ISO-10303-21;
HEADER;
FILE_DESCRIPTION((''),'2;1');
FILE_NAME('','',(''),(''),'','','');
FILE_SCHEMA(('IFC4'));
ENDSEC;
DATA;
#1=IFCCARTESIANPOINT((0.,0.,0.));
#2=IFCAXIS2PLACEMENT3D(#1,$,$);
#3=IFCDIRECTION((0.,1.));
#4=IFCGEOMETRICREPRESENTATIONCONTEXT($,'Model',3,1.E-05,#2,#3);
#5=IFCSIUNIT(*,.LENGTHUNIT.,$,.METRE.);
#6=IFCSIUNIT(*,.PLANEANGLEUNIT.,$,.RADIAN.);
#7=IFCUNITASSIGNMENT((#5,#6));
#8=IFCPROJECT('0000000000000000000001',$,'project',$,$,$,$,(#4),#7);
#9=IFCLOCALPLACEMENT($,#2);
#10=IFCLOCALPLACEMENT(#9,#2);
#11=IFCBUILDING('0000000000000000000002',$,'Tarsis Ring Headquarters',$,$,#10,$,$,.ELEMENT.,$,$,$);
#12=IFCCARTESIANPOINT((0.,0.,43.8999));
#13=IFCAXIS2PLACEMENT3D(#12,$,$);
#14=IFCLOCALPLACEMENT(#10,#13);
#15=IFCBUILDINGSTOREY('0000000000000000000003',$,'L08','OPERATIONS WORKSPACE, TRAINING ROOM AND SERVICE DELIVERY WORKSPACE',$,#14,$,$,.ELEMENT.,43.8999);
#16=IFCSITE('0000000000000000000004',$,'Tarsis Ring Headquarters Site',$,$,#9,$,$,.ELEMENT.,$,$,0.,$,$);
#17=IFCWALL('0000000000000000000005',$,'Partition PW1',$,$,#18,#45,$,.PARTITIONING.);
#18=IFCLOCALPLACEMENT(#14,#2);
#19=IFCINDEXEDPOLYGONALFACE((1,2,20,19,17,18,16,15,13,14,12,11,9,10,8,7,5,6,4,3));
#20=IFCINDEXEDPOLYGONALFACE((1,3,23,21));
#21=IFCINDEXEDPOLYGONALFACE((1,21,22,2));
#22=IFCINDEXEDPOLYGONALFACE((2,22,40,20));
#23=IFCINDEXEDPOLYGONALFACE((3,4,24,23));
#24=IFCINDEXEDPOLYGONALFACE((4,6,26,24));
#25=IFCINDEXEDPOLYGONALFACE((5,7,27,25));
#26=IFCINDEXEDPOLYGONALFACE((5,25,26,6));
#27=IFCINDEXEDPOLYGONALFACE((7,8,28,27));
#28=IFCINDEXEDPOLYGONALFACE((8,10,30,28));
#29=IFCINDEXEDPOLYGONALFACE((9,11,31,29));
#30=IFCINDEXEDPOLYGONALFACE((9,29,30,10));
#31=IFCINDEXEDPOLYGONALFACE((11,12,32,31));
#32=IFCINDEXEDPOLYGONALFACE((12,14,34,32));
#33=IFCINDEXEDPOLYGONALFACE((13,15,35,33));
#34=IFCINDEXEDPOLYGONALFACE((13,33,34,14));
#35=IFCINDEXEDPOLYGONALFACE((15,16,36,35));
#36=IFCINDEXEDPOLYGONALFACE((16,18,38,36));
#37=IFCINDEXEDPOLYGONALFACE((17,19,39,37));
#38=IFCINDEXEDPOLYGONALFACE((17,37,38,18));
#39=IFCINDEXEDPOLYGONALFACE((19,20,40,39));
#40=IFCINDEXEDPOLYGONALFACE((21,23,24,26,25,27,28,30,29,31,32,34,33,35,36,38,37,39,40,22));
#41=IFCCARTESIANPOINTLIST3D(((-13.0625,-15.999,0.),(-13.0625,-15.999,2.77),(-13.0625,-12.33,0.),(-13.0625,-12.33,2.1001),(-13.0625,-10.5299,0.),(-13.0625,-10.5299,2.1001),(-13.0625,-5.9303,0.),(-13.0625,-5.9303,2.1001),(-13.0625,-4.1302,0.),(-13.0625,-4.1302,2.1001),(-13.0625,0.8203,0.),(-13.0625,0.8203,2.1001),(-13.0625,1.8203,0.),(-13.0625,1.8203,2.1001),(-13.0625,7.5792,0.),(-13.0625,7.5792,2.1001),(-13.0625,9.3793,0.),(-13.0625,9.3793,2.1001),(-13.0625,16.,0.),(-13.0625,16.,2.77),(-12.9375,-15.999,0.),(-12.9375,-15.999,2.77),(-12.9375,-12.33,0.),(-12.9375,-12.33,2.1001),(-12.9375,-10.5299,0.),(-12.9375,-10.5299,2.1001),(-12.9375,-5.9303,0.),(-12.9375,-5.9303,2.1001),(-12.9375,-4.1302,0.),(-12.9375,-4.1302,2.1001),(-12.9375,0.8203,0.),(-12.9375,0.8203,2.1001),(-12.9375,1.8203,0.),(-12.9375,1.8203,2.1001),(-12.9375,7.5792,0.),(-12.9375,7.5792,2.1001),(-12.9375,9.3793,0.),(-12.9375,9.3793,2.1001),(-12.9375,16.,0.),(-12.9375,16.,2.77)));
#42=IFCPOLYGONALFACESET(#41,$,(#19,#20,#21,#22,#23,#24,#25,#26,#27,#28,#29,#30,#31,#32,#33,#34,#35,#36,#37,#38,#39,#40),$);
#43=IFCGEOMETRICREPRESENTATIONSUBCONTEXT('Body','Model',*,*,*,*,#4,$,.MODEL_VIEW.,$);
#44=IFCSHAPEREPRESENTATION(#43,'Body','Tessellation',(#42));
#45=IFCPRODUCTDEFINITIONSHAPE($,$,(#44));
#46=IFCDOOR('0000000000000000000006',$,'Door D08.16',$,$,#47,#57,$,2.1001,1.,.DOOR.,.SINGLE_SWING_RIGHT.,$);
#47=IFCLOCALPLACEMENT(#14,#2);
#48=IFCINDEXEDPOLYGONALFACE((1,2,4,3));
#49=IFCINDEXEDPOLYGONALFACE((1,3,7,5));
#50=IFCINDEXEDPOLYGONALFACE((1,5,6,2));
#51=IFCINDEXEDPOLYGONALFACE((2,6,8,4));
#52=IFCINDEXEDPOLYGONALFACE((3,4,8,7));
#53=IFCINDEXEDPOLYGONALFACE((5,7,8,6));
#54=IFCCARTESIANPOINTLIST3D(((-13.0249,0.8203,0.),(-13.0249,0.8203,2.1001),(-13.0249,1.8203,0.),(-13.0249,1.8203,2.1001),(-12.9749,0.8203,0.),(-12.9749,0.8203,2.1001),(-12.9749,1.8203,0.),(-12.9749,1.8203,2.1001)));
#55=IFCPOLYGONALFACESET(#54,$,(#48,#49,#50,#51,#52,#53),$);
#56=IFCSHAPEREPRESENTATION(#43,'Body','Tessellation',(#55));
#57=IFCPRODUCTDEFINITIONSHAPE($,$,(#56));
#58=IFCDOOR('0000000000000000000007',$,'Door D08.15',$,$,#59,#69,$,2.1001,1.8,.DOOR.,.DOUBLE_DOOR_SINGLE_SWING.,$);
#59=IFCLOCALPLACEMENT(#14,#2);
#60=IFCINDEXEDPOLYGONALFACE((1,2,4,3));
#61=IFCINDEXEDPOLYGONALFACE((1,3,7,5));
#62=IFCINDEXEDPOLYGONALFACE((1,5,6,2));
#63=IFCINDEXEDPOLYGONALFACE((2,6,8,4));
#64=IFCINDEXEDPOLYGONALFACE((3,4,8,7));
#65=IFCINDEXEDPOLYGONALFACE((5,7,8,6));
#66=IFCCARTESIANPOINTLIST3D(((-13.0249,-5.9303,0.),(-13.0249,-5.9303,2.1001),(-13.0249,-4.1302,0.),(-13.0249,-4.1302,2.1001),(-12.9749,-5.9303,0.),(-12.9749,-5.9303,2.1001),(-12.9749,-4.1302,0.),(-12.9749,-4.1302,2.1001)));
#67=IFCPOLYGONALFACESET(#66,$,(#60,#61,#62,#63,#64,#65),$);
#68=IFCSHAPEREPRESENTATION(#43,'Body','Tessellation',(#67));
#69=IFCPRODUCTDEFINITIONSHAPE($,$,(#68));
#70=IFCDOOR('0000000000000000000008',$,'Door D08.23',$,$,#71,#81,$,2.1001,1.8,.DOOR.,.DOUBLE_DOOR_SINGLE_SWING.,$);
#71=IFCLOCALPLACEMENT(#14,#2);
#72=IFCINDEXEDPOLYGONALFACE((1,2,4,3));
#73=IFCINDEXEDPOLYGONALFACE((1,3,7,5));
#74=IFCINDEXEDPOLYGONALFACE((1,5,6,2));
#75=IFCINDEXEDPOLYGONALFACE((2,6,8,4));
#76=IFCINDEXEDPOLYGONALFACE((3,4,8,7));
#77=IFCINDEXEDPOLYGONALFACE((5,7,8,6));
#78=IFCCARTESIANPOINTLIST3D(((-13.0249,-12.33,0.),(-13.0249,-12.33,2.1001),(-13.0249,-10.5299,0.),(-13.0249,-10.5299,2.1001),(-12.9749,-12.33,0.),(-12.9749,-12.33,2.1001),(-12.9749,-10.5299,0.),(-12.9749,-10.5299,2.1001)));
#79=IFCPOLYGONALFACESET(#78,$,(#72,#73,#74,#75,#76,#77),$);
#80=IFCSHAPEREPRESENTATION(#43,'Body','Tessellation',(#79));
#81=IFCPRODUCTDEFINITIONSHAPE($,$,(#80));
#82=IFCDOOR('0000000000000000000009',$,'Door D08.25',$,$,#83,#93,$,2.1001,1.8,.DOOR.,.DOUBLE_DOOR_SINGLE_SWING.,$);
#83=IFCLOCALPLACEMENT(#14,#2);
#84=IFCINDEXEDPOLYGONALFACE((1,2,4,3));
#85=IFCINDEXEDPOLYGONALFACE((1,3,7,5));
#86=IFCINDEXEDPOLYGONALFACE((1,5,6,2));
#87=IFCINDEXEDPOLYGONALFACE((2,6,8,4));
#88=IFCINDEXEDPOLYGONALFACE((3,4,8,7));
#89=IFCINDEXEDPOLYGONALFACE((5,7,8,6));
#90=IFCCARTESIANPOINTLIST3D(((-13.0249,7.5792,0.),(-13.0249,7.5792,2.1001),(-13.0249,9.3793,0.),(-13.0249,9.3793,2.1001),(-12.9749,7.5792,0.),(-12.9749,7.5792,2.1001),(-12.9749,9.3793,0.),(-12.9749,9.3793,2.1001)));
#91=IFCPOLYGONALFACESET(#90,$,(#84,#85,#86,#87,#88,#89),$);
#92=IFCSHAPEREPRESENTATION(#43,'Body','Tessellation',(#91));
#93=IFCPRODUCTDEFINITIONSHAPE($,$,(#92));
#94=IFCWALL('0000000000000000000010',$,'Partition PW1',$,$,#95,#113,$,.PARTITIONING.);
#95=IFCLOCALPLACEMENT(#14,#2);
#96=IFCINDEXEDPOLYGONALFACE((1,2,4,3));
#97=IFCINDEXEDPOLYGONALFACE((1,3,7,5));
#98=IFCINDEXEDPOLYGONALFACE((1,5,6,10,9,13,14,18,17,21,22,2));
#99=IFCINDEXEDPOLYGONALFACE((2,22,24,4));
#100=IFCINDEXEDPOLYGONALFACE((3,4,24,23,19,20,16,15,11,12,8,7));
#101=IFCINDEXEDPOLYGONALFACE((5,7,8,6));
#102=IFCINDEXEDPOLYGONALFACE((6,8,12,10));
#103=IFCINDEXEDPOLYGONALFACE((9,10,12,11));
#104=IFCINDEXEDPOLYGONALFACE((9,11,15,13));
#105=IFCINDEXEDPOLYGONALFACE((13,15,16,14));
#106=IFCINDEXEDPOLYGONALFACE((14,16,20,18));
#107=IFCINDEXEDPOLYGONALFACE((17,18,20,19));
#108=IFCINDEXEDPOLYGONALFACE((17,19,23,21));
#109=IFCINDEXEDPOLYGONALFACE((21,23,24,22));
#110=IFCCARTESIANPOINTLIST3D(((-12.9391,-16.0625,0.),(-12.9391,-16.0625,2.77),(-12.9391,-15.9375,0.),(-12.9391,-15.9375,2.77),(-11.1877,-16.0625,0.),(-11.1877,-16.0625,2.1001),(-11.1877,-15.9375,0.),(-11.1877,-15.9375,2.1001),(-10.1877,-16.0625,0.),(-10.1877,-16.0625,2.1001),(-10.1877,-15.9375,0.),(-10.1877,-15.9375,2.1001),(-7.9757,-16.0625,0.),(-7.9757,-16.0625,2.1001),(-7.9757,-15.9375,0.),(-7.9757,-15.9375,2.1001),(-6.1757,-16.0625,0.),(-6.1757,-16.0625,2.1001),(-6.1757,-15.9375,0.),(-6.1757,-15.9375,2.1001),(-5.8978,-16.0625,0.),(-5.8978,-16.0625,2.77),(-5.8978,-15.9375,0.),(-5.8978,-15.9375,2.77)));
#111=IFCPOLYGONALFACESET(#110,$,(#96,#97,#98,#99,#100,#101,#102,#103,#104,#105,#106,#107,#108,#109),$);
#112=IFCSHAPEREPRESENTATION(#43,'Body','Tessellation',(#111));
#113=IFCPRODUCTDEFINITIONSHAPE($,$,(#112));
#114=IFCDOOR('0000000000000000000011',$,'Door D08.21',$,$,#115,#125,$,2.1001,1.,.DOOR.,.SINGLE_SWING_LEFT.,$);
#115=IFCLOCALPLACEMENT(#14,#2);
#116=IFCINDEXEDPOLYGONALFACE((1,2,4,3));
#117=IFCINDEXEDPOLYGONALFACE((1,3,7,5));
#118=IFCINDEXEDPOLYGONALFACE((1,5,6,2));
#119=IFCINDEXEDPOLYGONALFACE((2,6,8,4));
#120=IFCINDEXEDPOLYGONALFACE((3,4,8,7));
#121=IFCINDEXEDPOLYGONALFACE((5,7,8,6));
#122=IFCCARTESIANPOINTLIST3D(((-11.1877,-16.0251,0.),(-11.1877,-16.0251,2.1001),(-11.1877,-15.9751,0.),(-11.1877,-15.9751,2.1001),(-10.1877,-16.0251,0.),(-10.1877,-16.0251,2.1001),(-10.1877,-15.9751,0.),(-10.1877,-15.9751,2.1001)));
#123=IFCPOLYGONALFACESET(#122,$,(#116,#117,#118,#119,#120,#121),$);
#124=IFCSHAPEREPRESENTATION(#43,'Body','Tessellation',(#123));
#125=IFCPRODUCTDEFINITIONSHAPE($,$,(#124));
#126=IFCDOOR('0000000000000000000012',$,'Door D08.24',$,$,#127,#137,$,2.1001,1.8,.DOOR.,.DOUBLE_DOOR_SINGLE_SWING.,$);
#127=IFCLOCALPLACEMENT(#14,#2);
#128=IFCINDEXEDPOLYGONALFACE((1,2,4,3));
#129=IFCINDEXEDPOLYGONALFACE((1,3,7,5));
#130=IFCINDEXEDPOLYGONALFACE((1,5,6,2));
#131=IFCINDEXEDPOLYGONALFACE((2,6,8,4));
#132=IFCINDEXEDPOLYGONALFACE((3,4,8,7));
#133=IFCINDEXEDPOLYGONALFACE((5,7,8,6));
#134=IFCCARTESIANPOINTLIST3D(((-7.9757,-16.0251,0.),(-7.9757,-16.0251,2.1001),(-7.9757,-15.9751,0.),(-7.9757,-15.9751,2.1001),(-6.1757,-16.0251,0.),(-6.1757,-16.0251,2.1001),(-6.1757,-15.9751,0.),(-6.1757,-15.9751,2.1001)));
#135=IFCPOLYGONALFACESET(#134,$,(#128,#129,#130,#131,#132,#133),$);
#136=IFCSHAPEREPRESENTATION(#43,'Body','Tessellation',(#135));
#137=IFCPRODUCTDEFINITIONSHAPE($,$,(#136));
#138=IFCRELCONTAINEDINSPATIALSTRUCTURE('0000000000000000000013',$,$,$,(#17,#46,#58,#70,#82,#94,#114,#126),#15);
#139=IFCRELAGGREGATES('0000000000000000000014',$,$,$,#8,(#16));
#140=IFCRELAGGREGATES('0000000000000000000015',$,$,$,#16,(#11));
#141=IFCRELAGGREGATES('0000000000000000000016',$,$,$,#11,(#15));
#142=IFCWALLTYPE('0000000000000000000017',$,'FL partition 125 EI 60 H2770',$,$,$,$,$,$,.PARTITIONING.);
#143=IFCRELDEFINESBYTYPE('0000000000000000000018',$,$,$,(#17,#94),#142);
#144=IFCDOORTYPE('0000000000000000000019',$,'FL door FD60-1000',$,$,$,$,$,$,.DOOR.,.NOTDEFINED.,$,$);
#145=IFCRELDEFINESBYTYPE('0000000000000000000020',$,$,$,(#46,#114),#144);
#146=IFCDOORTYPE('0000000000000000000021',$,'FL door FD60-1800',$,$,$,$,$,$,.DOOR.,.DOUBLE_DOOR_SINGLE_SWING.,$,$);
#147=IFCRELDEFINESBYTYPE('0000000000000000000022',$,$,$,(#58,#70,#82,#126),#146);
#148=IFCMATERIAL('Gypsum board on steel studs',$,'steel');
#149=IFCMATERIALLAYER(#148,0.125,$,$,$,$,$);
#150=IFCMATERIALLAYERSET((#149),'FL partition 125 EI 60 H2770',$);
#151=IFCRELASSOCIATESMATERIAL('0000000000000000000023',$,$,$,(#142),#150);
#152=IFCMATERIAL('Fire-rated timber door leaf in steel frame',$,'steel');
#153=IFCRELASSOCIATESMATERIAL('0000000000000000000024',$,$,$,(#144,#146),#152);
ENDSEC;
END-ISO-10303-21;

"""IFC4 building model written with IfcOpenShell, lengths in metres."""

from ifc_helpers import new_model, si_unit, direction, frame, frame_2d, origin, place, context, subcontext, project, spatial, rectangle, extrude, material, layer, layer_set, type_object, element, fill, save


model = new_model("IFC4")

# Units and contexts
model_context = context("Model", 3, precision=1e-05, world=origin(), true_north=direction((0.0, 1.0)))
body_context = subcontext(model_context, "Body", "Model", "MODEL_VIEW")
ifc_project = project(units=[si_unit("LENGTHUNIT", "METRE"), si_unit("PLANEANGLEUNIT", "RADIAN")], contexts=[model_context])

# Site, building, storey
site_placement = place(None, origin())
site = spatial("IfcSite", under=ifc_project, at=site_placement, Name="Tarsis Ring Headquarters Site", CompositionType="ELEMENT", RefElevation=0.0)
building_placement = place(site_placement, origin())
building = spatial("IfcBuilding", under=site, at=building_placement, Name="Tarsis Ring Headquarters", CompositionType="ELEMENT")
storey_placement = place(building_placement, frame((0.0, 0.0, 43.8999)))
storey = spatial("IfcBuildingStorey", under=building, at=storey_placement, Name="L08", Description="OPERATIONS WORKSPACE, TRAINING ROOM AND SERVICE DELIVERY WORKSPACE", CompositionType="ELEMENT", Elevation=43.8999)

# Walls, openings, doors
ifc_material_1 = material(Name="Gypsum board on steel studs", Category="steel")
ifc_layer_1 = layer(ifc_material_1, 0.125)
ifc_layer_set_1 = layer_set([ifc_layer_1], Name="FL partition 125 EI 60 H2770")
wall_type_1 = type_object("IfcWallType", Name="FL partition 125 EI 60 H2770", PredefinedType="PARTITIONING", material=ifc_layer_set_1)
wall_1_placement = place(storey_placement, frame((-13.0, -15.999, 0.0), z_axis=(0.0, 0.0, 1.0), x_axis=(0.0, 1.0, 0.0)))
wall_1 = element("IfcWall", 1, at=wall_1_placement, inside=storey, type_object=wall_type_1, Name="Partition PW1", PredefinedType="PARTITIONING", context=body_context, shape_type="SweptSolid", body=[
    extrude(rectangle(XDim=31.999, YDim=0.125, at=frame_2d((15.9995, 0.0))), origin(), (0.0, 0.0, 1.0), 2.77),
])
opening_1_placement = place(wall_1_placement, frame((10.0688, 0.0, 0.0)))
opening_1 = element("IfcOpeningElement", 2, at=opening_1_placement, cuts=wall_1, PredefinedType="OPENING", context=body_context, shape_type="SweptSolid", body=[
    extrude(rectangle(XDim=1.8, YDim=2.1001, at=frame_2d((0.8999, 1.05))), frame((0.0, 0.0725, 0.0), z_axis=(0.0, -1.0, 0.0), x_axis=(1.0, 0.0, 0.0)), (0.0, 0.0, 1.0), 0.145),
])
opening_2_placement = place(wall_1_placement, frame((16.8193, 0.0, 0.0)))
opening_2 = element("IfcOpeningElement", 3, at=opening_2_placement, cuts=wall_1, PredefinedType="OPENING", context=body_context, shape_type="SweptSolid", body=[
    extrude(rectangle(XDim=1.0, YDim=2.1001, at=frame_2d((0.5, 1.05))), frame((0.0, 0.0725, 0.0), z_axis=(0.0, -1.0, 0.0), x_axis=(1.0, 0.0, 0.0)), (0.0, 0.0, 1.0), 0.145),
])
opening_3_placement = place(wall_1_placement, frame((3.6692, 0.0, 0.0)))
opening_3 = element("IfcOpeningElement", 4, at=opening_3_placement, cuts=wall_1, PredefinedType="OPENING", context=body_context, shape_type="SweptSolid", body=[
    extrude(rectangle(XDim=1.8, YDim=2.1001, at=frame_2d((0.8999, 1.05))), frame((0.0, 0.0725, 0.0), z_axis=(0.0, -1.0, 0.0), x_axis=(1.0, 0.0, 0.0)), (0.0, 0.0, 1.0), 0.145),
])
opening_4_placement = place(wall_1_placement, frame((23.5784, 0.0, 0.0)))
opening_4 = element("IfcOpeningElement", 5, at=opening_4_placement, cuts=wall_1, PredefinedType="OPENING", context=body_context, shape_type="SweptSolid", body=[
    extrude(rectangle(XDim=1.8, YDim=2.1001, at=frame_2d((0.8999, 1.05))), frame((0.0, 0.0725, 0.0), z_axis=(0.0, -1.0, 0.0), x_axis=(1.0, 0.0, 0.0)), (0.0, 0.0, 1.0), 0.145),
])
ifc_material_2 = material(Name="Fire-rated timber door leaf in steel frame", Category="steel")
door_type_1 = type_object("IfcDoorType", Name="FL door FD60-1000", OperationType="NOTDEFINED", PredefinedType="DOOR", material=ifc_material_2)
door_1_placement = place(opening_2_placement, origin())
door_1 = element("IfcDoor", 6, at=door_1_placement, inside=storey, type_object=door_type_1, Name="Door D08.16", OperationType="SINGLE_SWING_RIGHT", OverallHeight=2.1001, OverallWidth=1.0, PredefinedType="DOOR", context=body_context, shape_type="SweptSolid", body=[
    extrude(rectangle(XDim=1.0, YDim=2.1001, at=frame_2d((0.5, 1.05))), frame((0.0, 0.0249, 0.0), z_axis=(0.0, -1.0, 0.0), x_axis=(1.0, 0.0, 0.0)), (0.0, 0.0, 1.0), 0.05),
])
fill(opening_2, door_1)
door_type_2 = type_object("IfcDoorType", Name="FL door FD60-1800", OperationType="DOUBLE_DOOR_SINGLE_SWING", PredefinedType="DOOR", material=ifc_material_2)
door_2_placement = place(opening_1_placement, origin())
door_2 = element("IfcDoor", 7, at=door_2_placement, inside=storey, type_object=door_type_2, Name="Door D08.15", OperationType="DOUBLE_DOOR_SINGLE_SWING", OverallHeight=2.1001, OverallWidth=1.8, PredefinedType="DOOR", context=body_context, shape_type="SweptSolid", body=[
    extrude(rectangle(XDim=1.8, YDim=2.1001, at=frame_2d((0.8999, 1.05))), frame((0.0, 0.0249, 0.0), z_axis=(0.0, -1.0, 0.0), x_axis=(1.0, 0.0, 0.0)), (0.0, 0.0, 1.0), 0.05),
])
fill(opening_1, door_2)
door_3_placement = place(opening_3_placement, origin())
door_3 = element("IfcDoor", 8, at=door_3_placement, inside=storey, type_object=door_type_2, Name="Door D08.23", OperationType="DOUBLE_DOOR_SINGLE_SWING", OverallHeight=2.1001, OverallWidth=1.8, PredefinedType="DOOR", context=body_context, shape_type="SweptSolid", body=[
    extrude(rectangle(XDim=1.8, YDim=2.1001, at=frame_2d((0.8999, 1.05))), frame((0.0, 0.0249, 0.0), z_axis=(0.0, -1.0, 0.0), x_axis=(1.0, 0.0, 0.0)), (0.0, 0.0, 1.0), 0.05),
])
fill(opening_3, door_3)
door_4_placement = place(opening_4_placement, origin())
door_4 = element("IfcDoor", 9, at=door_4_placement, inside=storey, type_object=door_type_2, Name="Door D08.25", OperationType="DOUBLE_DOOR_SINGLE_SWING", OverallHeight=2.1001, OverallWidth=1.8, PredefinedType="DOOR", context=body_context, shape_type="SweptSolid", body=[
    extrude(rectangle(XDim=1.8, YDim=2.1001, at=frame_2d((0.8999, 1.05))), frame((0.0, 0.0249, 0.0), z_axis=(0.0, -1.0, 0.0), x_axis=(1.0, 0.0, 0.0)), (0.0, 0.0, 1.0), 0.05),
])
fill(opening_4, door_4)
wall_2_placement = place(storey_placement, frame((-12.939, -16.0, 0.0), z_axis=(0.0, 0.0, 1.0), x_axis=(1.0, 0.0, 0.0)))
wall_2 = element("IfcWall", 10, at=wall_2_placement, inside=storey, type_object=wall_type_1, Name="Partition PW1", PredefinedType="PARTITIONING", context=body_context, shape_type="SweptSolid", body=[
    extrude(rectangle(XDim=7.0413, YDim=0.125, at=frame_2d((3.5205, 0.0))), origin(), (0.0, 0.0, 1.0), 2.77),
])
opening_5_placement = place(wall_2_placement, frame((1.7512, 0.0, 0.0)))
opening_5 = element("IfcOpeningElement", 11, at=opening_5_placement, cuts=wall_2, PredefinedType="OPENING", context=body_context, shape_type="SweptSolid", body=[
    extrude(rectangle(XDim=1.0, YDim=2.1001, at=frame_2d((0.5, 1.05))), frame((0.0, 0.0725, 0.0), z_axis=(0.0, -1.0, 0.0), x_axis=(1.0, 0.0, 0.0)), (0.0, 0.0, 1.0), 0.145),
])
opening_6_placement = place(wall_2_placement, frame((4.9634, 0.0, 0.0)))
opening_6 = element("IfcOpeningElement", 12, at=opening_6_placement, cuts=wall_2, PredefinedType="OPENING", context=body_context, shape_type="SweptSolid", body=[
    extrude(rectangle(XDim=1.8, YDim=2.1001, at=frame_2d((0.8999, 1.05))), frame((0.0, 0.0725, 0.0), z_axis=(0.0, -1.0, 0.0), x_axis=(1.0, 0.0, 0.0)), (0.0, 0.0, 1.0), 0.145),
])
door_5_placement = place(opening_5_placement, origin())
door_5 = element("IfcDoor", 13, at=door_5_placement, inside=storey, type_object=door_type_1, Name="Door D08.21", OperationType="SINGLE_SWING_LEFT", OverallHeight=2.1001, OverallWidth=1.0, PredefinedType="DOOR", context=body_context, shape_type="SweptSolid", body=[
    extrude(rectangle(XDim=1.0, YDim=2.1001, at=frame_2d((0.5, 1.05))), frame((0.0, 0.0249, 0.0), z_axis=(0.0, -1.0, 0.0), x_axis=(1.0, 0.0, 0.0)), (0.0, 0.0, 1.0), 0.05),
])
fill(opening_5, door_5)
door_6_placement = place(opening_6_placement, origin())
door_6 = element("IfcDoor", 14, at=door_6_placement, inside=storey, type_object=door_type_2, Name="Door D08.24", OperationType="DOUBLE_DOOR_SINGLE_SWING", OverallHeight=2.1001, OverallWidth=1.8, PredefinedType="DOOR", context=body_context, shape_type="SweptSolid", body=[
    extrude(rectangle(XDim=1.8, YDim=2.1001, at=frame_2d((0.8999, 1.05))), frame((0.0, 0.0249, 0.0), z_axis=(0.0, -1.0, 0.0), x_axis=(1.0, 0.0, 0.0)), (0.0, 0.0, 1.0), 0.05),
])
fill(opening_6, door_6)

save(model, "model.ifc")
